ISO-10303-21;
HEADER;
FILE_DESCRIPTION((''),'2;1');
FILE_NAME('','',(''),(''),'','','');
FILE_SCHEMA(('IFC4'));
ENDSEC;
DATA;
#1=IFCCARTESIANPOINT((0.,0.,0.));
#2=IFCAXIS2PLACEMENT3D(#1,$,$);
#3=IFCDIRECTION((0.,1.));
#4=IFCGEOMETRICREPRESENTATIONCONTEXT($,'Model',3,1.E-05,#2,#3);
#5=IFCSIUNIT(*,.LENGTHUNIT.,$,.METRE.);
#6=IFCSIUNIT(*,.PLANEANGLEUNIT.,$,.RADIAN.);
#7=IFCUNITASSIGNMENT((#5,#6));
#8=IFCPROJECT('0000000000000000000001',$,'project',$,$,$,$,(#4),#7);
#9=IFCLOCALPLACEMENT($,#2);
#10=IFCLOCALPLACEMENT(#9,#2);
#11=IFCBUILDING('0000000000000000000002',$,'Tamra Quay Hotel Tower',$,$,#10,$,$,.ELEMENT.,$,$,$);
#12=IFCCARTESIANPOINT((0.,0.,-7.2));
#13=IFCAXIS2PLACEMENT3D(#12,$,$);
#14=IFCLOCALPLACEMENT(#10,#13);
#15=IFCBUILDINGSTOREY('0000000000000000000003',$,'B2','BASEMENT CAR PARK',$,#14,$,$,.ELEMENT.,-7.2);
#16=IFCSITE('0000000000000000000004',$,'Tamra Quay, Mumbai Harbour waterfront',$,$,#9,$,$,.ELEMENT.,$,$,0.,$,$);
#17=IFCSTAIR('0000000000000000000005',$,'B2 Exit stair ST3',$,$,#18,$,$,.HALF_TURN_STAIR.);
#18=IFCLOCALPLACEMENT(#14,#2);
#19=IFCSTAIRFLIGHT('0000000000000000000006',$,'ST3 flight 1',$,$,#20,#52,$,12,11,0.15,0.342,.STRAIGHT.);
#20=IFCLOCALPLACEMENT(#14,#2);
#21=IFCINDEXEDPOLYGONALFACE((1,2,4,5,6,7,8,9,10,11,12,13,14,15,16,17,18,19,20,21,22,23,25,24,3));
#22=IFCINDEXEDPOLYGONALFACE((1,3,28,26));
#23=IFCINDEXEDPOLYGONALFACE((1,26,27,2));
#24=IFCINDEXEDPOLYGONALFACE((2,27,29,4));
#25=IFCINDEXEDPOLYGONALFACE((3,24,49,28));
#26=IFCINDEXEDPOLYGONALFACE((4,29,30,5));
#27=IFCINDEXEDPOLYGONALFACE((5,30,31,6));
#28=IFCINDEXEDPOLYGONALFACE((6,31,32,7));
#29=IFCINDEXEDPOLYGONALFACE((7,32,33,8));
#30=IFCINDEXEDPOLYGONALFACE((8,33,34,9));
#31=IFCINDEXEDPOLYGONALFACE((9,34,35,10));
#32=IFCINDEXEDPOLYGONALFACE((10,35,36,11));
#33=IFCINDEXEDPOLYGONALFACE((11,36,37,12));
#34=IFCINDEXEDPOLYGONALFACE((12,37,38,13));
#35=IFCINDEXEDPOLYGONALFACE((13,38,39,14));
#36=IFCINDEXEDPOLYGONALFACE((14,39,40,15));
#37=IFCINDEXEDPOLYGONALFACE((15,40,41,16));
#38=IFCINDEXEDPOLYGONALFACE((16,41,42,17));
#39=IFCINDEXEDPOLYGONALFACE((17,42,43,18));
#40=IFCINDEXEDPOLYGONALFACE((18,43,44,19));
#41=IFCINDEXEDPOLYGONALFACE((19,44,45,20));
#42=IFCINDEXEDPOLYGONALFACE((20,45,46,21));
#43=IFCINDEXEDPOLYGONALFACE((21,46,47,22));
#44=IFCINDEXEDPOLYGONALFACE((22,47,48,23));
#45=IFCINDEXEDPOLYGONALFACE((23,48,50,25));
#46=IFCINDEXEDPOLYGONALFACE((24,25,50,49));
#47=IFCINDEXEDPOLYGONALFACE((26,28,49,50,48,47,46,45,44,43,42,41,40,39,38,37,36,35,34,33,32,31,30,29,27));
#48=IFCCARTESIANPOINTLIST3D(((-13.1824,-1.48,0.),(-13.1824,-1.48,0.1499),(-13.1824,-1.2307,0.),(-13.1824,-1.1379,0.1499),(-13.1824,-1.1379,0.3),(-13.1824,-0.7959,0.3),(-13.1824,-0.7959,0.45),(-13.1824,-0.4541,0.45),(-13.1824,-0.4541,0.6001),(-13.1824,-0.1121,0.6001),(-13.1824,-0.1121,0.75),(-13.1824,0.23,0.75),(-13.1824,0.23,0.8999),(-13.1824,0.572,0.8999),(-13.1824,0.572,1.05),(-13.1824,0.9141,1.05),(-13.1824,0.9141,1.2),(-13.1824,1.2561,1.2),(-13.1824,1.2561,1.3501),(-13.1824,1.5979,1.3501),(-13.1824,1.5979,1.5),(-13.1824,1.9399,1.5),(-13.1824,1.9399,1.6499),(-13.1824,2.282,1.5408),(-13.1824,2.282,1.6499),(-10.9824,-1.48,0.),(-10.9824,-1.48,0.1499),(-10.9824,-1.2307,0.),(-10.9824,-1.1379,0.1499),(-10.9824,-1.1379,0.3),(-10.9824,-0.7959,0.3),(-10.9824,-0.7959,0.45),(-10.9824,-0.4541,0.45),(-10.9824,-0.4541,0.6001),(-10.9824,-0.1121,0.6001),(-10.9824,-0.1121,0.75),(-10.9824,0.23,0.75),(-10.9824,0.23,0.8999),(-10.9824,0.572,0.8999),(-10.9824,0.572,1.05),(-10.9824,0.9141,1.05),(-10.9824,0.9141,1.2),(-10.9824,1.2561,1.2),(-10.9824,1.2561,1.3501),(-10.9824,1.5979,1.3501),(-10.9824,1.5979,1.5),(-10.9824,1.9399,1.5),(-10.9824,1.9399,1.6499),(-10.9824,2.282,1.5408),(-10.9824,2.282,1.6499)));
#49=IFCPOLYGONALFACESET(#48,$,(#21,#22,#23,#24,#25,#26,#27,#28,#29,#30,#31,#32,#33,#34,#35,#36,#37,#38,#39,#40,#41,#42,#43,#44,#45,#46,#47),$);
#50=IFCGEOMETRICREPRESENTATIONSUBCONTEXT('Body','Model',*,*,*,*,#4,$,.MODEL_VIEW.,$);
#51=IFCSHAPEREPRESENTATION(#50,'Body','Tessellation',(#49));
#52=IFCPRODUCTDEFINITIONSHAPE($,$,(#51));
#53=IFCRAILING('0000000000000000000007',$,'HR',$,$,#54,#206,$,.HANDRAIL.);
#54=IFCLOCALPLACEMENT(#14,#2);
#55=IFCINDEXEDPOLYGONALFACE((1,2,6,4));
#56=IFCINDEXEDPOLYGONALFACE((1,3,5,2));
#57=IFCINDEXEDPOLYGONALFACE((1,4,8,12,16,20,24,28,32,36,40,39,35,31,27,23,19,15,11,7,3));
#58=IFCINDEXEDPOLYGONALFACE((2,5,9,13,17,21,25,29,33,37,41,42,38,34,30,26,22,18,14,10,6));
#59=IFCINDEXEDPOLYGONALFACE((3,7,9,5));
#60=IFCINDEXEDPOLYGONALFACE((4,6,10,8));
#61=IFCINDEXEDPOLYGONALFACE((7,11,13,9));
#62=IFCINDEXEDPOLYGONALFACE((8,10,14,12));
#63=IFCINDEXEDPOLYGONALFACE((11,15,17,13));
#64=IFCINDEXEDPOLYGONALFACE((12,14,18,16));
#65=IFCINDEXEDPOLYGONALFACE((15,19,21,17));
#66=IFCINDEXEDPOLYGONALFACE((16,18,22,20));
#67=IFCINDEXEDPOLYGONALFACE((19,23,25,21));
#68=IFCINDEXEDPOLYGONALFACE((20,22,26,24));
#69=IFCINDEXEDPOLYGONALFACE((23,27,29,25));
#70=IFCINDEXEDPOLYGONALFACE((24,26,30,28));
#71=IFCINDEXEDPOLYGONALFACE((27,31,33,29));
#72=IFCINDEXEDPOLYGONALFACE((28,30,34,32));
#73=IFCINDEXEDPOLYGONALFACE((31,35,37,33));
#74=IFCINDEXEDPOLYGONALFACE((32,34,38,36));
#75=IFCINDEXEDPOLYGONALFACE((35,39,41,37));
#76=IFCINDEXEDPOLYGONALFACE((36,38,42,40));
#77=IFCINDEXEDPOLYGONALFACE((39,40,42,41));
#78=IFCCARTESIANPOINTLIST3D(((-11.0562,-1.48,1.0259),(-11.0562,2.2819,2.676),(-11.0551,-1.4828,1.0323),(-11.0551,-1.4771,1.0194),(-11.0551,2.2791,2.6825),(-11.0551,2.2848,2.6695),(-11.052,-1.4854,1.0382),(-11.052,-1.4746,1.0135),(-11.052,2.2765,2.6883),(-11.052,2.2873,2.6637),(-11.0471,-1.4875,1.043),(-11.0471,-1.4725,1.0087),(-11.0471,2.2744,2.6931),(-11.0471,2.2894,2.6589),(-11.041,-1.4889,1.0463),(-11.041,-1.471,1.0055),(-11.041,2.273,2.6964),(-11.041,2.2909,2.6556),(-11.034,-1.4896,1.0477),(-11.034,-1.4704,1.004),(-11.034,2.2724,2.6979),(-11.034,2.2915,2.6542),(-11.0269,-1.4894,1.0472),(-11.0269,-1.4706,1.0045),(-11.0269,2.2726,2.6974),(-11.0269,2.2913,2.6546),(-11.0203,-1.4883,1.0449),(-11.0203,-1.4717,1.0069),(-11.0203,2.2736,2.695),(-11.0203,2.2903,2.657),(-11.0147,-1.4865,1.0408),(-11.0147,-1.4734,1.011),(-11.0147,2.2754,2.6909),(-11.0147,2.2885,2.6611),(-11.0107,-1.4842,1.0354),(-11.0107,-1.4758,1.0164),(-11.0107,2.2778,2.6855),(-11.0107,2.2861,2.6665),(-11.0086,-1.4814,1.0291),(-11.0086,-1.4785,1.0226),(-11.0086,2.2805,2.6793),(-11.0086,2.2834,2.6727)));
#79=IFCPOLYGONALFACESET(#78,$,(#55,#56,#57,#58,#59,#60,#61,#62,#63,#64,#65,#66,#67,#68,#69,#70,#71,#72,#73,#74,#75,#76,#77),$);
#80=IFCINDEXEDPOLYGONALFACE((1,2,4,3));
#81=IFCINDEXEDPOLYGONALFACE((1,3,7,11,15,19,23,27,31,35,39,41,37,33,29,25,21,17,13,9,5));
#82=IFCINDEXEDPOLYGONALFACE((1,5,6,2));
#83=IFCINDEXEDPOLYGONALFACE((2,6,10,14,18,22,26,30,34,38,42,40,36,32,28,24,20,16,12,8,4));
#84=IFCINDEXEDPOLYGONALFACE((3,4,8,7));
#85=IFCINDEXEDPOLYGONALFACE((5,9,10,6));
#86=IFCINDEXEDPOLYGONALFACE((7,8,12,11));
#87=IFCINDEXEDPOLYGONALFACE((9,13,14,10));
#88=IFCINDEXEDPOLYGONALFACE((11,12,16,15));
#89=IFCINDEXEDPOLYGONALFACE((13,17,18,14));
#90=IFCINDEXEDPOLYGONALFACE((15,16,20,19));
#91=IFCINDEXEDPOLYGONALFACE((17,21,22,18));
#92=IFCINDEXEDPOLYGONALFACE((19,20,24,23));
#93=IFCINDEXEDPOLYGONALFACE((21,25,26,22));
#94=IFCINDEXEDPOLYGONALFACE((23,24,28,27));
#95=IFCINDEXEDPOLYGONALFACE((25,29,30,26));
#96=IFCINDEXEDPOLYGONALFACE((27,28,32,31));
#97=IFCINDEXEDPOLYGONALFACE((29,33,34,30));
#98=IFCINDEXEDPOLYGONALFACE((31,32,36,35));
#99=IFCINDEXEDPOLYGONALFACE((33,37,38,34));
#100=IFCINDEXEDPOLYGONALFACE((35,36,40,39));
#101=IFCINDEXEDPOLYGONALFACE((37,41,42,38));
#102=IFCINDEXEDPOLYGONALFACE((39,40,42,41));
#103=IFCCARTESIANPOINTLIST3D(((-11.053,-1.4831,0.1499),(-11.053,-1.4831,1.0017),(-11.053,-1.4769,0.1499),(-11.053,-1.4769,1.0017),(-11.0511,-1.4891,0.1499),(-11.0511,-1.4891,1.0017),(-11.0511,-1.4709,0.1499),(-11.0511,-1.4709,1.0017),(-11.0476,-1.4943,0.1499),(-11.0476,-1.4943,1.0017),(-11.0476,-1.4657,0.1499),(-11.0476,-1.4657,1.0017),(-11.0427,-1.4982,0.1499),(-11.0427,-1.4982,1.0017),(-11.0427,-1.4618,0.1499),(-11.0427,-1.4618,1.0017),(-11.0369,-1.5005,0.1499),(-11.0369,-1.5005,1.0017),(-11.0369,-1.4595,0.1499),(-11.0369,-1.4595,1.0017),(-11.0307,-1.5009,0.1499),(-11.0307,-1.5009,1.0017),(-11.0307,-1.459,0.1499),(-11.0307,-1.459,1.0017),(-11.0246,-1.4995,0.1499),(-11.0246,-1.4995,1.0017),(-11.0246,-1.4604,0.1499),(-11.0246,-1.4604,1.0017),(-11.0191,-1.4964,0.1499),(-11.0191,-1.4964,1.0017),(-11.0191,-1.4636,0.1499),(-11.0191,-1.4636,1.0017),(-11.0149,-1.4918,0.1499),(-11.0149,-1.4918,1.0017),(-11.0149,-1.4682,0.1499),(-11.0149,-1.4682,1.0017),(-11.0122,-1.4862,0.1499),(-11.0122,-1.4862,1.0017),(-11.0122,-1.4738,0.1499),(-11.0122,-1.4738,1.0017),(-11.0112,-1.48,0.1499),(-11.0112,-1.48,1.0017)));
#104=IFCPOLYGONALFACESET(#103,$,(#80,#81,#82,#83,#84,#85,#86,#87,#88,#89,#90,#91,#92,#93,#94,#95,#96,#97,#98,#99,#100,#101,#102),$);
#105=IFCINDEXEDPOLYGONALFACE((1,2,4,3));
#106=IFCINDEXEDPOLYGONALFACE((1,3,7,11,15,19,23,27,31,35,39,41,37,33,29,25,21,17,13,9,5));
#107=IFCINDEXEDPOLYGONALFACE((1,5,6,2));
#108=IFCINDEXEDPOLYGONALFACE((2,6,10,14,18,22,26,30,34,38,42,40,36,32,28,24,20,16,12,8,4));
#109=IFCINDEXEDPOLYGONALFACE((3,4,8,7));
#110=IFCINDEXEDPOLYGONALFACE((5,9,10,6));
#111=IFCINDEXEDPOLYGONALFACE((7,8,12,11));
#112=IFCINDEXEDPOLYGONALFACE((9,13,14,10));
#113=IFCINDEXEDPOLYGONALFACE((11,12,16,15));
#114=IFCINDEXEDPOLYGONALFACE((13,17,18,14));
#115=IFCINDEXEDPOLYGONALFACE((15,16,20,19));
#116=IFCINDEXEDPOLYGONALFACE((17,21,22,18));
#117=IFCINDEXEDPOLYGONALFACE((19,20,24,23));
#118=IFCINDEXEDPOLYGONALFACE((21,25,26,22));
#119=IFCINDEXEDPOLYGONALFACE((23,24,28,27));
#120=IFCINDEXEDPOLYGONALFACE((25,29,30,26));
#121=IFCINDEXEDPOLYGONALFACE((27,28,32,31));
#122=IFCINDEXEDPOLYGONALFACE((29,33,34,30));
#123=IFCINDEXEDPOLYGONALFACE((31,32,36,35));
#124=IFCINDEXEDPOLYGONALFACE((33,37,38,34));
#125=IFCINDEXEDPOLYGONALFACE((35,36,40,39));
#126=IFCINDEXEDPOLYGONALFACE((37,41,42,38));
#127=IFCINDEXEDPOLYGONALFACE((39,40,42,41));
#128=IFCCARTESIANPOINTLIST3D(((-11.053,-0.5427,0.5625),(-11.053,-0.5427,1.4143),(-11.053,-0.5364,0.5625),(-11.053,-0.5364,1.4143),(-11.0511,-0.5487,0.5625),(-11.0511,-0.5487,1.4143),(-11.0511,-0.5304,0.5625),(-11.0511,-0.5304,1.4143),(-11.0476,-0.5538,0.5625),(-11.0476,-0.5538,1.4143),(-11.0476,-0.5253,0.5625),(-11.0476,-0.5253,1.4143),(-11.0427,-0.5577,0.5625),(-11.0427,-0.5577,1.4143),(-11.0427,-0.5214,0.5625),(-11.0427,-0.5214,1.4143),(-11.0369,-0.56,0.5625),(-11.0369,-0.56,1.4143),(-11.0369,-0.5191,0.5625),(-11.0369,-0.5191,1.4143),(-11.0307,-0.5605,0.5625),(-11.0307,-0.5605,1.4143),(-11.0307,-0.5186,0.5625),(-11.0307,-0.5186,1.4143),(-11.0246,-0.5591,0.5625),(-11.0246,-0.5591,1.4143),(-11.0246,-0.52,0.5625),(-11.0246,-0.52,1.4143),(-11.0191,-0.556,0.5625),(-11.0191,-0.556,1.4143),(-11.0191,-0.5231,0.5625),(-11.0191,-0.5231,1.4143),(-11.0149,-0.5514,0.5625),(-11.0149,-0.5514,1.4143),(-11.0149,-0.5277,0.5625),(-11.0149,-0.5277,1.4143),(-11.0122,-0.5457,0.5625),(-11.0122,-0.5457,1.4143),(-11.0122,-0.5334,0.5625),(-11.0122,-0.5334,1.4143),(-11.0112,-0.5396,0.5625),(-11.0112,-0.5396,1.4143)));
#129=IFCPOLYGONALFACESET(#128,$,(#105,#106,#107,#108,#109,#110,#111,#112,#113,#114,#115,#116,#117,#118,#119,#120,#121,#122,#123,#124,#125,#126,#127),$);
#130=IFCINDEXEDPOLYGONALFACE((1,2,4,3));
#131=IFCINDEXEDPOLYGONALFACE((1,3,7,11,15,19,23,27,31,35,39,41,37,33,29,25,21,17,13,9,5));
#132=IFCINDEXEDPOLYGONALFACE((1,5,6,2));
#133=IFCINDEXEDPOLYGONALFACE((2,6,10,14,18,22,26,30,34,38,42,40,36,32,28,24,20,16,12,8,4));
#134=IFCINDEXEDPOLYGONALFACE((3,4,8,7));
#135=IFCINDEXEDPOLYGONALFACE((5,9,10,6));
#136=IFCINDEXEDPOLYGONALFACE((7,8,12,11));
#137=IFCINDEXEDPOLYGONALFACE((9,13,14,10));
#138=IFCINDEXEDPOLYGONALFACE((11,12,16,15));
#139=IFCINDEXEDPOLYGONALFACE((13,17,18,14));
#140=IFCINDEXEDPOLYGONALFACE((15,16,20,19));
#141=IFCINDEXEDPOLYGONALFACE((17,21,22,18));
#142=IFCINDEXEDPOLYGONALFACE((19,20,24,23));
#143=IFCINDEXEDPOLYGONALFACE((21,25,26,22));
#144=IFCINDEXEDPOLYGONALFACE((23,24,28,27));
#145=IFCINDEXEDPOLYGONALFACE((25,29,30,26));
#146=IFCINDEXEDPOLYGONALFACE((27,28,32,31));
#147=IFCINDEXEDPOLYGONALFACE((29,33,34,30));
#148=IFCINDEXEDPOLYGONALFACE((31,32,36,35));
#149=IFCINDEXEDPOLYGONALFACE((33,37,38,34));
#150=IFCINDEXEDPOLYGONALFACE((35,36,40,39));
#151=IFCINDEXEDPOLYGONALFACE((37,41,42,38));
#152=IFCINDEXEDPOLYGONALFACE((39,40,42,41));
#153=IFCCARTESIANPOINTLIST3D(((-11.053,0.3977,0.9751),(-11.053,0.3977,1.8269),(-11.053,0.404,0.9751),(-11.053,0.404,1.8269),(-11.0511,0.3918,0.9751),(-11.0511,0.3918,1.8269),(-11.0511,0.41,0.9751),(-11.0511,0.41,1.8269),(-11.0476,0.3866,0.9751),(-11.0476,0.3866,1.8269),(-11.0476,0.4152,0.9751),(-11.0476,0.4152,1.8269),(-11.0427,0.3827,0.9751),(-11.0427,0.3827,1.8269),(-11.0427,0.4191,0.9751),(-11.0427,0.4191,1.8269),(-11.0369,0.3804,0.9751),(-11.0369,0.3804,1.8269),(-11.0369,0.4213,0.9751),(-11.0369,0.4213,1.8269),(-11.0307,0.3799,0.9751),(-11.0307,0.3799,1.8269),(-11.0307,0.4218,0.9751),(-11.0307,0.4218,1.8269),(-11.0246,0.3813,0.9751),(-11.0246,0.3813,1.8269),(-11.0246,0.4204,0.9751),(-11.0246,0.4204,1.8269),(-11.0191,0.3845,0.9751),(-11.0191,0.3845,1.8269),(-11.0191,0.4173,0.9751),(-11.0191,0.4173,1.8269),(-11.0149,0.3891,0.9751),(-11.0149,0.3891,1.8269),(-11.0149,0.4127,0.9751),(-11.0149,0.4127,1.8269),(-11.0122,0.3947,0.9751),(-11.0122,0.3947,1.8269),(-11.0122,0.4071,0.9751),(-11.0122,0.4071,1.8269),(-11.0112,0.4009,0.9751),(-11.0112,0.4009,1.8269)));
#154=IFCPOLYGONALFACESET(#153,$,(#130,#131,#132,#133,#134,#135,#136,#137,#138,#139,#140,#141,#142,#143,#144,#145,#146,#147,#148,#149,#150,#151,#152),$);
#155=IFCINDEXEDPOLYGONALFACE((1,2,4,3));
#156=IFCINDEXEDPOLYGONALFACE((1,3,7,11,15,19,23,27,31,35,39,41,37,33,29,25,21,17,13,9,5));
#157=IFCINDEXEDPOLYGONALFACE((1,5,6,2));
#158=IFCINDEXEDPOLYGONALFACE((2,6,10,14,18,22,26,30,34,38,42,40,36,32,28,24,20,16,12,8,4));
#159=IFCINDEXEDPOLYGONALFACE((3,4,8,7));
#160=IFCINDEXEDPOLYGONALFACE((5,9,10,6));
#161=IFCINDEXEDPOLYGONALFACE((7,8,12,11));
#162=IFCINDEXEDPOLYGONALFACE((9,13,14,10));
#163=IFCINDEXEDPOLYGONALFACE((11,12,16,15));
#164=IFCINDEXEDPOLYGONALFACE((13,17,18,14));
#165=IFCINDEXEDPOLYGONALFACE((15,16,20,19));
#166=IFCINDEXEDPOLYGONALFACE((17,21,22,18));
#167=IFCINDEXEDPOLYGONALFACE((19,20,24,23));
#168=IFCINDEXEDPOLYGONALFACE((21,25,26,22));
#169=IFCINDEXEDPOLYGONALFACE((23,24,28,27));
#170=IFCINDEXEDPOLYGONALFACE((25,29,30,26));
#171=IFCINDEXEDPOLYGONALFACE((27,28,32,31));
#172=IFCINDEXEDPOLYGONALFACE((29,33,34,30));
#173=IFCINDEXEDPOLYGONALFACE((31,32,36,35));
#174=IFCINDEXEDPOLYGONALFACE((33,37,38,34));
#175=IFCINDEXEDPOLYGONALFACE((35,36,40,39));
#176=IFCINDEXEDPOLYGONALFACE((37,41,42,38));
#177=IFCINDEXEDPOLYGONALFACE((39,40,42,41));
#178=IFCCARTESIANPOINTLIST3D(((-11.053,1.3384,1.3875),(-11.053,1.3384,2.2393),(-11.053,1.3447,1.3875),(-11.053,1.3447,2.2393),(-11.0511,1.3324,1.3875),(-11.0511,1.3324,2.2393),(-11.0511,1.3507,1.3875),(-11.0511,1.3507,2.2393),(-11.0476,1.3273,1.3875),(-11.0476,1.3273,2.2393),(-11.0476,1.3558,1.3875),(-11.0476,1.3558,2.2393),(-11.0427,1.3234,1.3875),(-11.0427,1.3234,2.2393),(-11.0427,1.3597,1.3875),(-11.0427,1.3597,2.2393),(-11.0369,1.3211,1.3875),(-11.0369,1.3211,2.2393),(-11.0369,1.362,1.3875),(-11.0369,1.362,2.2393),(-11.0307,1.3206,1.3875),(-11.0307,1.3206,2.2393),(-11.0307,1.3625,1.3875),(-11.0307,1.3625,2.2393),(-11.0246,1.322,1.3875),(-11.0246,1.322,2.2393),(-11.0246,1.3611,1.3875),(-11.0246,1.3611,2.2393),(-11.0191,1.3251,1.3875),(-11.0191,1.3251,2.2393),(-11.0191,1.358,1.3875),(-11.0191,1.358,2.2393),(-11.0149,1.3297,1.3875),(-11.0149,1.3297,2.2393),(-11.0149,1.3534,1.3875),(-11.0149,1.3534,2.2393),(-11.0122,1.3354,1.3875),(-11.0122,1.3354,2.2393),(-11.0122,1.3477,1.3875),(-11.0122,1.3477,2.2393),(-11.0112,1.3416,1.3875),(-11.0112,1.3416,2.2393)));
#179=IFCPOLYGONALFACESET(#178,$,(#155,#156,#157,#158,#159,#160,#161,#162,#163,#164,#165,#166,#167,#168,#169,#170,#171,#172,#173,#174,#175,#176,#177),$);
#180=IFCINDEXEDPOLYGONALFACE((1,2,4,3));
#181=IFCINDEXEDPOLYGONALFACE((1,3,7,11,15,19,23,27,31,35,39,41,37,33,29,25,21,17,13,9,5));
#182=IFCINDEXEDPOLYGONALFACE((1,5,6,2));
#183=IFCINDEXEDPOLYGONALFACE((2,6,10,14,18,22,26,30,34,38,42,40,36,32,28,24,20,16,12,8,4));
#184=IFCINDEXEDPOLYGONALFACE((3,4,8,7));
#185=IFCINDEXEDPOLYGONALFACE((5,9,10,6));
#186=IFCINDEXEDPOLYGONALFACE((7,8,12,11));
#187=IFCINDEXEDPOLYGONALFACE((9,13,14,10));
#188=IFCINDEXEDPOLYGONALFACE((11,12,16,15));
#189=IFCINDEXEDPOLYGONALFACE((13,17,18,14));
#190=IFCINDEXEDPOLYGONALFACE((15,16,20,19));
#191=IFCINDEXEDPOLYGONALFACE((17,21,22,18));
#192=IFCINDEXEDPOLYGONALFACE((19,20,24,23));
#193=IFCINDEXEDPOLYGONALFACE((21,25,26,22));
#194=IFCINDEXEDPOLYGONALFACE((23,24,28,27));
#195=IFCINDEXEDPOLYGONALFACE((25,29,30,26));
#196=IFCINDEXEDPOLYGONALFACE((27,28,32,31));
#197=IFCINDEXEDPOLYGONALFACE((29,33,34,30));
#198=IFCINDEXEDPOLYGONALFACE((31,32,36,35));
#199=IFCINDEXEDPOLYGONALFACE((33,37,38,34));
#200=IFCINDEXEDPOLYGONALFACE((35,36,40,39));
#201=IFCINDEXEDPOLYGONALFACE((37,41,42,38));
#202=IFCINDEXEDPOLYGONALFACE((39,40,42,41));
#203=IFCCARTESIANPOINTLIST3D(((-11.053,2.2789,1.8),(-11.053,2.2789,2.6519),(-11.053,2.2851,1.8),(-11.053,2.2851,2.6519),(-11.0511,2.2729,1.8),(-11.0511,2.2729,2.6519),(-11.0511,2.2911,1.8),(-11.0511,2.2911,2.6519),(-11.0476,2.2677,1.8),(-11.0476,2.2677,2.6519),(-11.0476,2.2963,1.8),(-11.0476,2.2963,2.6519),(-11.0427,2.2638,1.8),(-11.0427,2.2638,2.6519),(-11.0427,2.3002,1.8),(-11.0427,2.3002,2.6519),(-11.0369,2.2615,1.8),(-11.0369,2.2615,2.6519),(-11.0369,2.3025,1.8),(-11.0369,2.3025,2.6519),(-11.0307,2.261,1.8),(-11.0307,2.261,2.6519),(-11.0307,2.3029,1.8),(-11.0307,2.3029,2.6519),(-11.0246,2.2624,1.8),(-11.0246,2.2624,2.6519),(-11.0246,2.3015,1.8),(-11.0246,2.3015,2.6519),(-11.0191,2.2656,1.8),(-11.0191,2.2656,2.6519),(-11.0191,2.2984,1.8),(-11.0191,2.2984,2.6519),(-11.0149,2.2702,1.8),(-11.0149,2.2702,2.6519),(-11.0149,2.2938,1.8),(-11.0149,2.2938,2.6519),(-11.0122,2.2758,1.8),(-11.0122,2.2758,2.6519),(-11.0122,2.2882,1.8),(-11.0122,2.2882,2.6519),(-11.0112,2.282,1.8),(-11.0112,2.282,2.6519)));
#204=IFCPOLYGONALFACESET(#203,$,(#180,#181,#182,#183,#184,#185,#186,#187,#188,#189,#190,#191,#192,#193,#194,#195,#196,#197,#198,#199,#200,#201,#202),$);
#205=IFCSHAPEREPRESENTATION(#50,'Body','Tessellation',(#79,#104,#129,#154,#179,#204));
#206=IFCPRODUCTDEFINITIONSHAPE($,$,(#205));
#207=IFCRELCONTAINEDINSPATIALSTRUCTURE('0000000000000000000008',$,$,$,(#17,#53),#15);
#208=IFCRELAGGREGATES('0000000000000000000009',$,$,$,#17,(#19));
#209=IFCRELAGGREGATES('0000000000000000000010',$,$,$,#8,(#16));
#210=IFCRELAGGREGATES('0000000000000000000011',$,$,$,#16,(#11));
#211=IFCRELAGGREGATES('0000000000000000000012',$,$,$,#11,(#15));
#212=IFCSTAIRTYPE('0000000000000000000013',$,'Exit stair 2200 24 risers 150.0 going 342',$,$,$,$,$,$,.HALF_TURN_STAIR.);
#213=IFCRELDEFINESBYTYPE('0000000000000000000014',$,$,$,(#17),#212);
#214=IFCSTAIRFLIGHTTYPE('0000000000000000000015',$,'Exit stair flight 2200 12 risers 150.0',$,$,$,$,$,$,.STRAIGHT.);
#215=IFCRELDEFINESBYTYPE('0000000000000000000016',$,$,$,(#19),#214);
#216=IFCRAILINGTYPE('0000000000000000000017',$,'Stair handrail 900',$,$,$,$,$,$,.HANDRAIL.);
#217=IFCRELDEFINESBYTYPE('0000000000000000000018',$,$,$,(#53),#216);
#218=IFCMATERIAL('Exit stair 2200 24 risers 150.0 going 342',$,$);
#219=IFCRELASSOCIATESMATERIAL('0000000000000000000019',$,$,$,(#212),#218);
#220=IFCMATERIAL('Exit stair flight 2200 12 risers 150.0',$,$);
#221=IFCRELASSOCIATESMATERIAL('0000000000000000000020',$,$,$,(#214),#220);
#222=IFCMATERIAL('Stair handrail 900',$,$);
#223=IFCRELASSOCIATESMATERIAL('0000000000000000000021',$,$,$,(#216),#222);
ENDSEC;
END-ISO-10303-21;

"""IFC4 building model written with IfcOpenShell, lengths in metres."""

from ifc_helpers import new_model, si_unit, direction, frame, origin, origin_2d, place, context, subcontext, project, spatial, polyline, circle, outline, extrude, material, type_object, element, aggregate, save


model = new_model("IFC4")

# Units and contexts
model_context = context("Model", 3, precision=1e-05, world=origin(), true_north=direction((0.0, 1.0)))
body_context = subcontext(model_context, "Body", "Model", "MODEL_VIEW")
ifc_project = project(units=[si_unit("LENGTHUNIT", "METRE"), si_unit("PLANEANGLEUNIT", "RADIAN")], contexts=[model_context])

# Site, building, storey
site_placement = place(None, origin())
site = spatial("IfcSite", under=ifc_project, at=site_placement, Name="Tamra Quay, Mumbai Harbour waterfront", CompositionType="ELEMENT", RefElevation=0.0)
building_placement = place(site_placement, origin())
building = spatial("IfcBuilding", under=site, at=building_placement, Name="Tamra Quay Hotel Tower", CompositionType="ELEMENT")
storey_placement = place(building_placement, frame((0.0, 0.0, -7.2)))
storey = spatial("IfcBuildingStorey", under=building, at=storey_placement, Name="B2", Description="BASEMENT CAR PARK", CompositionType="ELEMENT", Elevation=-7.2)

# Stair, stair flight
ifc_material_1 = material(Name="Exit stair 2200 24 risers 150.0 going 342")
stair_type = type_object("IfcStairType", Name="Exit stair 2200 24 risers 150.0 going 342", PredefinedType="HALF_TURN_STAIR", material=ifc_material_1)
stair_placement = place(storey_placement, origin())
stair = element("IfcStair", 1, at=stair_placement, inside=storey, type_object=stair_type, Name="B2 Exit stair ST3", PredefinedType="HALF_TURN_STAIR")
ifc_material_2 = material(Name="Exit stair flight 2200 12 risers 150.0")
stair_flight_type = type_object("IfcStairFlightType", Name="Exit stair flight 2200 12 risers 150.0", PredefinedType="STRAIGHT", material=ifc_material_2)
stair_flight_placement = place(storey_placement, frame((-12.0823, -1.48, 0.0), z_axis=(0.0, 0.0, 1.0), x_axis=(0.0, 1.0, 0.0)))
stair_flight = element("IfcStairFlight", 2, at=stair_flight_placement, type_object=stair_flight_type, Name="ST3 flight 1", NumberOfRisers=12, NumberOfTreads=11, PredefinedType="STRAIGHT", RiserHeight=0.15, TreadLength=0.342, context=body_context, shape_type="SweptSolid", body=[
    extrude(outline(polyline([(0.0, 0.0), (0.0, 0.1499), (0.342, 0.1499), (0.342, 0.3), (0.6841, 0.3), (0.6841, 0.45), (1.0259, 0.45), (1.0259, 0.6001), (1.3679, 0.6001), (1.3679, 0.75), (1.71, 0.75), (1.71, 0.8999), (2.052, 0.8999), (2.052, 1.05), (2.394, 1.05), (2.394, 1.2), (2.7361, 1.2), (2.7361, 1.3501), (3.0779, 1.3501), (3.0779, 1.5), (3.4199, 1.5), (3.4199, 1.6499), (3.762, 1.6499), (3.762, 1.8), (3.762, 1.5408), (0.2493, 0.0), (0.0, 0.0)])), frame((0.0, 1.1001, 0.0), z_axis=(0.0, -1.0, 0.0), x_axis=(1.0, 0.0, 0.0)), (0.0, 0.0, 1.0), 2.2),
])
aggregate(stair, [stair_flight])

# Railing
ifc_material_3 = material(Name="Stair handrail 900")
railing_type_1 = type_object("IfcRailingType", Name="Stair handrail 900", PredefinedType="HANDRAIL", material=ifc_material_3)
railing_1_placement = place(storey_placement, frame((-11.0322, -1.48, 0.1499)))
element("IfcRailing", 3, at=railing_1_placement, inside=storey, type_object=railing_type_1, Name="HR", PredefinedType="HANDRAIL", context=body_context, shape_type="SweptSolid", body=[
    extrude(circle(Radius=0.0239, at=origin_2d()), frame((0.0, 0.0, 0.876), z_axis=(0.0, 0.915774, 0.401695), x_axis=(-1.0, 0.0, 0.0)), (0.0, 0.0, 1.0), 4.1079),
    extrude(circle(Radius=0.021, at=origin_2d()), origin(), (0.0, 0.0, 1.0), 0.8518),
    extrude(circle(Radius=0.021, at=origin_2d()), frame((0.0, 0.9404, 0.4126)), (0.0, 0.0, 1.0), 0.8518),
    extrude(circle(Radius=0.021, at=origin_2d()), frame((0.0, 1.8809, 0.8252)), (0.0, 0.0, 1.0), 0.8518),
    extrude(circle(Radius=0.021, at=origin_2d()), frame((0.0, 2.8215, 1.2375)), (0.0, 0.0, 1.0), 0.8518),
    extrude(circle(Radius=0.021, at=origin_2d()), frame((0.0, 3.762, 1.6501)), (0.0, 0.0, 1.0), 0.8518),
])

save(model, "model.ifc")
